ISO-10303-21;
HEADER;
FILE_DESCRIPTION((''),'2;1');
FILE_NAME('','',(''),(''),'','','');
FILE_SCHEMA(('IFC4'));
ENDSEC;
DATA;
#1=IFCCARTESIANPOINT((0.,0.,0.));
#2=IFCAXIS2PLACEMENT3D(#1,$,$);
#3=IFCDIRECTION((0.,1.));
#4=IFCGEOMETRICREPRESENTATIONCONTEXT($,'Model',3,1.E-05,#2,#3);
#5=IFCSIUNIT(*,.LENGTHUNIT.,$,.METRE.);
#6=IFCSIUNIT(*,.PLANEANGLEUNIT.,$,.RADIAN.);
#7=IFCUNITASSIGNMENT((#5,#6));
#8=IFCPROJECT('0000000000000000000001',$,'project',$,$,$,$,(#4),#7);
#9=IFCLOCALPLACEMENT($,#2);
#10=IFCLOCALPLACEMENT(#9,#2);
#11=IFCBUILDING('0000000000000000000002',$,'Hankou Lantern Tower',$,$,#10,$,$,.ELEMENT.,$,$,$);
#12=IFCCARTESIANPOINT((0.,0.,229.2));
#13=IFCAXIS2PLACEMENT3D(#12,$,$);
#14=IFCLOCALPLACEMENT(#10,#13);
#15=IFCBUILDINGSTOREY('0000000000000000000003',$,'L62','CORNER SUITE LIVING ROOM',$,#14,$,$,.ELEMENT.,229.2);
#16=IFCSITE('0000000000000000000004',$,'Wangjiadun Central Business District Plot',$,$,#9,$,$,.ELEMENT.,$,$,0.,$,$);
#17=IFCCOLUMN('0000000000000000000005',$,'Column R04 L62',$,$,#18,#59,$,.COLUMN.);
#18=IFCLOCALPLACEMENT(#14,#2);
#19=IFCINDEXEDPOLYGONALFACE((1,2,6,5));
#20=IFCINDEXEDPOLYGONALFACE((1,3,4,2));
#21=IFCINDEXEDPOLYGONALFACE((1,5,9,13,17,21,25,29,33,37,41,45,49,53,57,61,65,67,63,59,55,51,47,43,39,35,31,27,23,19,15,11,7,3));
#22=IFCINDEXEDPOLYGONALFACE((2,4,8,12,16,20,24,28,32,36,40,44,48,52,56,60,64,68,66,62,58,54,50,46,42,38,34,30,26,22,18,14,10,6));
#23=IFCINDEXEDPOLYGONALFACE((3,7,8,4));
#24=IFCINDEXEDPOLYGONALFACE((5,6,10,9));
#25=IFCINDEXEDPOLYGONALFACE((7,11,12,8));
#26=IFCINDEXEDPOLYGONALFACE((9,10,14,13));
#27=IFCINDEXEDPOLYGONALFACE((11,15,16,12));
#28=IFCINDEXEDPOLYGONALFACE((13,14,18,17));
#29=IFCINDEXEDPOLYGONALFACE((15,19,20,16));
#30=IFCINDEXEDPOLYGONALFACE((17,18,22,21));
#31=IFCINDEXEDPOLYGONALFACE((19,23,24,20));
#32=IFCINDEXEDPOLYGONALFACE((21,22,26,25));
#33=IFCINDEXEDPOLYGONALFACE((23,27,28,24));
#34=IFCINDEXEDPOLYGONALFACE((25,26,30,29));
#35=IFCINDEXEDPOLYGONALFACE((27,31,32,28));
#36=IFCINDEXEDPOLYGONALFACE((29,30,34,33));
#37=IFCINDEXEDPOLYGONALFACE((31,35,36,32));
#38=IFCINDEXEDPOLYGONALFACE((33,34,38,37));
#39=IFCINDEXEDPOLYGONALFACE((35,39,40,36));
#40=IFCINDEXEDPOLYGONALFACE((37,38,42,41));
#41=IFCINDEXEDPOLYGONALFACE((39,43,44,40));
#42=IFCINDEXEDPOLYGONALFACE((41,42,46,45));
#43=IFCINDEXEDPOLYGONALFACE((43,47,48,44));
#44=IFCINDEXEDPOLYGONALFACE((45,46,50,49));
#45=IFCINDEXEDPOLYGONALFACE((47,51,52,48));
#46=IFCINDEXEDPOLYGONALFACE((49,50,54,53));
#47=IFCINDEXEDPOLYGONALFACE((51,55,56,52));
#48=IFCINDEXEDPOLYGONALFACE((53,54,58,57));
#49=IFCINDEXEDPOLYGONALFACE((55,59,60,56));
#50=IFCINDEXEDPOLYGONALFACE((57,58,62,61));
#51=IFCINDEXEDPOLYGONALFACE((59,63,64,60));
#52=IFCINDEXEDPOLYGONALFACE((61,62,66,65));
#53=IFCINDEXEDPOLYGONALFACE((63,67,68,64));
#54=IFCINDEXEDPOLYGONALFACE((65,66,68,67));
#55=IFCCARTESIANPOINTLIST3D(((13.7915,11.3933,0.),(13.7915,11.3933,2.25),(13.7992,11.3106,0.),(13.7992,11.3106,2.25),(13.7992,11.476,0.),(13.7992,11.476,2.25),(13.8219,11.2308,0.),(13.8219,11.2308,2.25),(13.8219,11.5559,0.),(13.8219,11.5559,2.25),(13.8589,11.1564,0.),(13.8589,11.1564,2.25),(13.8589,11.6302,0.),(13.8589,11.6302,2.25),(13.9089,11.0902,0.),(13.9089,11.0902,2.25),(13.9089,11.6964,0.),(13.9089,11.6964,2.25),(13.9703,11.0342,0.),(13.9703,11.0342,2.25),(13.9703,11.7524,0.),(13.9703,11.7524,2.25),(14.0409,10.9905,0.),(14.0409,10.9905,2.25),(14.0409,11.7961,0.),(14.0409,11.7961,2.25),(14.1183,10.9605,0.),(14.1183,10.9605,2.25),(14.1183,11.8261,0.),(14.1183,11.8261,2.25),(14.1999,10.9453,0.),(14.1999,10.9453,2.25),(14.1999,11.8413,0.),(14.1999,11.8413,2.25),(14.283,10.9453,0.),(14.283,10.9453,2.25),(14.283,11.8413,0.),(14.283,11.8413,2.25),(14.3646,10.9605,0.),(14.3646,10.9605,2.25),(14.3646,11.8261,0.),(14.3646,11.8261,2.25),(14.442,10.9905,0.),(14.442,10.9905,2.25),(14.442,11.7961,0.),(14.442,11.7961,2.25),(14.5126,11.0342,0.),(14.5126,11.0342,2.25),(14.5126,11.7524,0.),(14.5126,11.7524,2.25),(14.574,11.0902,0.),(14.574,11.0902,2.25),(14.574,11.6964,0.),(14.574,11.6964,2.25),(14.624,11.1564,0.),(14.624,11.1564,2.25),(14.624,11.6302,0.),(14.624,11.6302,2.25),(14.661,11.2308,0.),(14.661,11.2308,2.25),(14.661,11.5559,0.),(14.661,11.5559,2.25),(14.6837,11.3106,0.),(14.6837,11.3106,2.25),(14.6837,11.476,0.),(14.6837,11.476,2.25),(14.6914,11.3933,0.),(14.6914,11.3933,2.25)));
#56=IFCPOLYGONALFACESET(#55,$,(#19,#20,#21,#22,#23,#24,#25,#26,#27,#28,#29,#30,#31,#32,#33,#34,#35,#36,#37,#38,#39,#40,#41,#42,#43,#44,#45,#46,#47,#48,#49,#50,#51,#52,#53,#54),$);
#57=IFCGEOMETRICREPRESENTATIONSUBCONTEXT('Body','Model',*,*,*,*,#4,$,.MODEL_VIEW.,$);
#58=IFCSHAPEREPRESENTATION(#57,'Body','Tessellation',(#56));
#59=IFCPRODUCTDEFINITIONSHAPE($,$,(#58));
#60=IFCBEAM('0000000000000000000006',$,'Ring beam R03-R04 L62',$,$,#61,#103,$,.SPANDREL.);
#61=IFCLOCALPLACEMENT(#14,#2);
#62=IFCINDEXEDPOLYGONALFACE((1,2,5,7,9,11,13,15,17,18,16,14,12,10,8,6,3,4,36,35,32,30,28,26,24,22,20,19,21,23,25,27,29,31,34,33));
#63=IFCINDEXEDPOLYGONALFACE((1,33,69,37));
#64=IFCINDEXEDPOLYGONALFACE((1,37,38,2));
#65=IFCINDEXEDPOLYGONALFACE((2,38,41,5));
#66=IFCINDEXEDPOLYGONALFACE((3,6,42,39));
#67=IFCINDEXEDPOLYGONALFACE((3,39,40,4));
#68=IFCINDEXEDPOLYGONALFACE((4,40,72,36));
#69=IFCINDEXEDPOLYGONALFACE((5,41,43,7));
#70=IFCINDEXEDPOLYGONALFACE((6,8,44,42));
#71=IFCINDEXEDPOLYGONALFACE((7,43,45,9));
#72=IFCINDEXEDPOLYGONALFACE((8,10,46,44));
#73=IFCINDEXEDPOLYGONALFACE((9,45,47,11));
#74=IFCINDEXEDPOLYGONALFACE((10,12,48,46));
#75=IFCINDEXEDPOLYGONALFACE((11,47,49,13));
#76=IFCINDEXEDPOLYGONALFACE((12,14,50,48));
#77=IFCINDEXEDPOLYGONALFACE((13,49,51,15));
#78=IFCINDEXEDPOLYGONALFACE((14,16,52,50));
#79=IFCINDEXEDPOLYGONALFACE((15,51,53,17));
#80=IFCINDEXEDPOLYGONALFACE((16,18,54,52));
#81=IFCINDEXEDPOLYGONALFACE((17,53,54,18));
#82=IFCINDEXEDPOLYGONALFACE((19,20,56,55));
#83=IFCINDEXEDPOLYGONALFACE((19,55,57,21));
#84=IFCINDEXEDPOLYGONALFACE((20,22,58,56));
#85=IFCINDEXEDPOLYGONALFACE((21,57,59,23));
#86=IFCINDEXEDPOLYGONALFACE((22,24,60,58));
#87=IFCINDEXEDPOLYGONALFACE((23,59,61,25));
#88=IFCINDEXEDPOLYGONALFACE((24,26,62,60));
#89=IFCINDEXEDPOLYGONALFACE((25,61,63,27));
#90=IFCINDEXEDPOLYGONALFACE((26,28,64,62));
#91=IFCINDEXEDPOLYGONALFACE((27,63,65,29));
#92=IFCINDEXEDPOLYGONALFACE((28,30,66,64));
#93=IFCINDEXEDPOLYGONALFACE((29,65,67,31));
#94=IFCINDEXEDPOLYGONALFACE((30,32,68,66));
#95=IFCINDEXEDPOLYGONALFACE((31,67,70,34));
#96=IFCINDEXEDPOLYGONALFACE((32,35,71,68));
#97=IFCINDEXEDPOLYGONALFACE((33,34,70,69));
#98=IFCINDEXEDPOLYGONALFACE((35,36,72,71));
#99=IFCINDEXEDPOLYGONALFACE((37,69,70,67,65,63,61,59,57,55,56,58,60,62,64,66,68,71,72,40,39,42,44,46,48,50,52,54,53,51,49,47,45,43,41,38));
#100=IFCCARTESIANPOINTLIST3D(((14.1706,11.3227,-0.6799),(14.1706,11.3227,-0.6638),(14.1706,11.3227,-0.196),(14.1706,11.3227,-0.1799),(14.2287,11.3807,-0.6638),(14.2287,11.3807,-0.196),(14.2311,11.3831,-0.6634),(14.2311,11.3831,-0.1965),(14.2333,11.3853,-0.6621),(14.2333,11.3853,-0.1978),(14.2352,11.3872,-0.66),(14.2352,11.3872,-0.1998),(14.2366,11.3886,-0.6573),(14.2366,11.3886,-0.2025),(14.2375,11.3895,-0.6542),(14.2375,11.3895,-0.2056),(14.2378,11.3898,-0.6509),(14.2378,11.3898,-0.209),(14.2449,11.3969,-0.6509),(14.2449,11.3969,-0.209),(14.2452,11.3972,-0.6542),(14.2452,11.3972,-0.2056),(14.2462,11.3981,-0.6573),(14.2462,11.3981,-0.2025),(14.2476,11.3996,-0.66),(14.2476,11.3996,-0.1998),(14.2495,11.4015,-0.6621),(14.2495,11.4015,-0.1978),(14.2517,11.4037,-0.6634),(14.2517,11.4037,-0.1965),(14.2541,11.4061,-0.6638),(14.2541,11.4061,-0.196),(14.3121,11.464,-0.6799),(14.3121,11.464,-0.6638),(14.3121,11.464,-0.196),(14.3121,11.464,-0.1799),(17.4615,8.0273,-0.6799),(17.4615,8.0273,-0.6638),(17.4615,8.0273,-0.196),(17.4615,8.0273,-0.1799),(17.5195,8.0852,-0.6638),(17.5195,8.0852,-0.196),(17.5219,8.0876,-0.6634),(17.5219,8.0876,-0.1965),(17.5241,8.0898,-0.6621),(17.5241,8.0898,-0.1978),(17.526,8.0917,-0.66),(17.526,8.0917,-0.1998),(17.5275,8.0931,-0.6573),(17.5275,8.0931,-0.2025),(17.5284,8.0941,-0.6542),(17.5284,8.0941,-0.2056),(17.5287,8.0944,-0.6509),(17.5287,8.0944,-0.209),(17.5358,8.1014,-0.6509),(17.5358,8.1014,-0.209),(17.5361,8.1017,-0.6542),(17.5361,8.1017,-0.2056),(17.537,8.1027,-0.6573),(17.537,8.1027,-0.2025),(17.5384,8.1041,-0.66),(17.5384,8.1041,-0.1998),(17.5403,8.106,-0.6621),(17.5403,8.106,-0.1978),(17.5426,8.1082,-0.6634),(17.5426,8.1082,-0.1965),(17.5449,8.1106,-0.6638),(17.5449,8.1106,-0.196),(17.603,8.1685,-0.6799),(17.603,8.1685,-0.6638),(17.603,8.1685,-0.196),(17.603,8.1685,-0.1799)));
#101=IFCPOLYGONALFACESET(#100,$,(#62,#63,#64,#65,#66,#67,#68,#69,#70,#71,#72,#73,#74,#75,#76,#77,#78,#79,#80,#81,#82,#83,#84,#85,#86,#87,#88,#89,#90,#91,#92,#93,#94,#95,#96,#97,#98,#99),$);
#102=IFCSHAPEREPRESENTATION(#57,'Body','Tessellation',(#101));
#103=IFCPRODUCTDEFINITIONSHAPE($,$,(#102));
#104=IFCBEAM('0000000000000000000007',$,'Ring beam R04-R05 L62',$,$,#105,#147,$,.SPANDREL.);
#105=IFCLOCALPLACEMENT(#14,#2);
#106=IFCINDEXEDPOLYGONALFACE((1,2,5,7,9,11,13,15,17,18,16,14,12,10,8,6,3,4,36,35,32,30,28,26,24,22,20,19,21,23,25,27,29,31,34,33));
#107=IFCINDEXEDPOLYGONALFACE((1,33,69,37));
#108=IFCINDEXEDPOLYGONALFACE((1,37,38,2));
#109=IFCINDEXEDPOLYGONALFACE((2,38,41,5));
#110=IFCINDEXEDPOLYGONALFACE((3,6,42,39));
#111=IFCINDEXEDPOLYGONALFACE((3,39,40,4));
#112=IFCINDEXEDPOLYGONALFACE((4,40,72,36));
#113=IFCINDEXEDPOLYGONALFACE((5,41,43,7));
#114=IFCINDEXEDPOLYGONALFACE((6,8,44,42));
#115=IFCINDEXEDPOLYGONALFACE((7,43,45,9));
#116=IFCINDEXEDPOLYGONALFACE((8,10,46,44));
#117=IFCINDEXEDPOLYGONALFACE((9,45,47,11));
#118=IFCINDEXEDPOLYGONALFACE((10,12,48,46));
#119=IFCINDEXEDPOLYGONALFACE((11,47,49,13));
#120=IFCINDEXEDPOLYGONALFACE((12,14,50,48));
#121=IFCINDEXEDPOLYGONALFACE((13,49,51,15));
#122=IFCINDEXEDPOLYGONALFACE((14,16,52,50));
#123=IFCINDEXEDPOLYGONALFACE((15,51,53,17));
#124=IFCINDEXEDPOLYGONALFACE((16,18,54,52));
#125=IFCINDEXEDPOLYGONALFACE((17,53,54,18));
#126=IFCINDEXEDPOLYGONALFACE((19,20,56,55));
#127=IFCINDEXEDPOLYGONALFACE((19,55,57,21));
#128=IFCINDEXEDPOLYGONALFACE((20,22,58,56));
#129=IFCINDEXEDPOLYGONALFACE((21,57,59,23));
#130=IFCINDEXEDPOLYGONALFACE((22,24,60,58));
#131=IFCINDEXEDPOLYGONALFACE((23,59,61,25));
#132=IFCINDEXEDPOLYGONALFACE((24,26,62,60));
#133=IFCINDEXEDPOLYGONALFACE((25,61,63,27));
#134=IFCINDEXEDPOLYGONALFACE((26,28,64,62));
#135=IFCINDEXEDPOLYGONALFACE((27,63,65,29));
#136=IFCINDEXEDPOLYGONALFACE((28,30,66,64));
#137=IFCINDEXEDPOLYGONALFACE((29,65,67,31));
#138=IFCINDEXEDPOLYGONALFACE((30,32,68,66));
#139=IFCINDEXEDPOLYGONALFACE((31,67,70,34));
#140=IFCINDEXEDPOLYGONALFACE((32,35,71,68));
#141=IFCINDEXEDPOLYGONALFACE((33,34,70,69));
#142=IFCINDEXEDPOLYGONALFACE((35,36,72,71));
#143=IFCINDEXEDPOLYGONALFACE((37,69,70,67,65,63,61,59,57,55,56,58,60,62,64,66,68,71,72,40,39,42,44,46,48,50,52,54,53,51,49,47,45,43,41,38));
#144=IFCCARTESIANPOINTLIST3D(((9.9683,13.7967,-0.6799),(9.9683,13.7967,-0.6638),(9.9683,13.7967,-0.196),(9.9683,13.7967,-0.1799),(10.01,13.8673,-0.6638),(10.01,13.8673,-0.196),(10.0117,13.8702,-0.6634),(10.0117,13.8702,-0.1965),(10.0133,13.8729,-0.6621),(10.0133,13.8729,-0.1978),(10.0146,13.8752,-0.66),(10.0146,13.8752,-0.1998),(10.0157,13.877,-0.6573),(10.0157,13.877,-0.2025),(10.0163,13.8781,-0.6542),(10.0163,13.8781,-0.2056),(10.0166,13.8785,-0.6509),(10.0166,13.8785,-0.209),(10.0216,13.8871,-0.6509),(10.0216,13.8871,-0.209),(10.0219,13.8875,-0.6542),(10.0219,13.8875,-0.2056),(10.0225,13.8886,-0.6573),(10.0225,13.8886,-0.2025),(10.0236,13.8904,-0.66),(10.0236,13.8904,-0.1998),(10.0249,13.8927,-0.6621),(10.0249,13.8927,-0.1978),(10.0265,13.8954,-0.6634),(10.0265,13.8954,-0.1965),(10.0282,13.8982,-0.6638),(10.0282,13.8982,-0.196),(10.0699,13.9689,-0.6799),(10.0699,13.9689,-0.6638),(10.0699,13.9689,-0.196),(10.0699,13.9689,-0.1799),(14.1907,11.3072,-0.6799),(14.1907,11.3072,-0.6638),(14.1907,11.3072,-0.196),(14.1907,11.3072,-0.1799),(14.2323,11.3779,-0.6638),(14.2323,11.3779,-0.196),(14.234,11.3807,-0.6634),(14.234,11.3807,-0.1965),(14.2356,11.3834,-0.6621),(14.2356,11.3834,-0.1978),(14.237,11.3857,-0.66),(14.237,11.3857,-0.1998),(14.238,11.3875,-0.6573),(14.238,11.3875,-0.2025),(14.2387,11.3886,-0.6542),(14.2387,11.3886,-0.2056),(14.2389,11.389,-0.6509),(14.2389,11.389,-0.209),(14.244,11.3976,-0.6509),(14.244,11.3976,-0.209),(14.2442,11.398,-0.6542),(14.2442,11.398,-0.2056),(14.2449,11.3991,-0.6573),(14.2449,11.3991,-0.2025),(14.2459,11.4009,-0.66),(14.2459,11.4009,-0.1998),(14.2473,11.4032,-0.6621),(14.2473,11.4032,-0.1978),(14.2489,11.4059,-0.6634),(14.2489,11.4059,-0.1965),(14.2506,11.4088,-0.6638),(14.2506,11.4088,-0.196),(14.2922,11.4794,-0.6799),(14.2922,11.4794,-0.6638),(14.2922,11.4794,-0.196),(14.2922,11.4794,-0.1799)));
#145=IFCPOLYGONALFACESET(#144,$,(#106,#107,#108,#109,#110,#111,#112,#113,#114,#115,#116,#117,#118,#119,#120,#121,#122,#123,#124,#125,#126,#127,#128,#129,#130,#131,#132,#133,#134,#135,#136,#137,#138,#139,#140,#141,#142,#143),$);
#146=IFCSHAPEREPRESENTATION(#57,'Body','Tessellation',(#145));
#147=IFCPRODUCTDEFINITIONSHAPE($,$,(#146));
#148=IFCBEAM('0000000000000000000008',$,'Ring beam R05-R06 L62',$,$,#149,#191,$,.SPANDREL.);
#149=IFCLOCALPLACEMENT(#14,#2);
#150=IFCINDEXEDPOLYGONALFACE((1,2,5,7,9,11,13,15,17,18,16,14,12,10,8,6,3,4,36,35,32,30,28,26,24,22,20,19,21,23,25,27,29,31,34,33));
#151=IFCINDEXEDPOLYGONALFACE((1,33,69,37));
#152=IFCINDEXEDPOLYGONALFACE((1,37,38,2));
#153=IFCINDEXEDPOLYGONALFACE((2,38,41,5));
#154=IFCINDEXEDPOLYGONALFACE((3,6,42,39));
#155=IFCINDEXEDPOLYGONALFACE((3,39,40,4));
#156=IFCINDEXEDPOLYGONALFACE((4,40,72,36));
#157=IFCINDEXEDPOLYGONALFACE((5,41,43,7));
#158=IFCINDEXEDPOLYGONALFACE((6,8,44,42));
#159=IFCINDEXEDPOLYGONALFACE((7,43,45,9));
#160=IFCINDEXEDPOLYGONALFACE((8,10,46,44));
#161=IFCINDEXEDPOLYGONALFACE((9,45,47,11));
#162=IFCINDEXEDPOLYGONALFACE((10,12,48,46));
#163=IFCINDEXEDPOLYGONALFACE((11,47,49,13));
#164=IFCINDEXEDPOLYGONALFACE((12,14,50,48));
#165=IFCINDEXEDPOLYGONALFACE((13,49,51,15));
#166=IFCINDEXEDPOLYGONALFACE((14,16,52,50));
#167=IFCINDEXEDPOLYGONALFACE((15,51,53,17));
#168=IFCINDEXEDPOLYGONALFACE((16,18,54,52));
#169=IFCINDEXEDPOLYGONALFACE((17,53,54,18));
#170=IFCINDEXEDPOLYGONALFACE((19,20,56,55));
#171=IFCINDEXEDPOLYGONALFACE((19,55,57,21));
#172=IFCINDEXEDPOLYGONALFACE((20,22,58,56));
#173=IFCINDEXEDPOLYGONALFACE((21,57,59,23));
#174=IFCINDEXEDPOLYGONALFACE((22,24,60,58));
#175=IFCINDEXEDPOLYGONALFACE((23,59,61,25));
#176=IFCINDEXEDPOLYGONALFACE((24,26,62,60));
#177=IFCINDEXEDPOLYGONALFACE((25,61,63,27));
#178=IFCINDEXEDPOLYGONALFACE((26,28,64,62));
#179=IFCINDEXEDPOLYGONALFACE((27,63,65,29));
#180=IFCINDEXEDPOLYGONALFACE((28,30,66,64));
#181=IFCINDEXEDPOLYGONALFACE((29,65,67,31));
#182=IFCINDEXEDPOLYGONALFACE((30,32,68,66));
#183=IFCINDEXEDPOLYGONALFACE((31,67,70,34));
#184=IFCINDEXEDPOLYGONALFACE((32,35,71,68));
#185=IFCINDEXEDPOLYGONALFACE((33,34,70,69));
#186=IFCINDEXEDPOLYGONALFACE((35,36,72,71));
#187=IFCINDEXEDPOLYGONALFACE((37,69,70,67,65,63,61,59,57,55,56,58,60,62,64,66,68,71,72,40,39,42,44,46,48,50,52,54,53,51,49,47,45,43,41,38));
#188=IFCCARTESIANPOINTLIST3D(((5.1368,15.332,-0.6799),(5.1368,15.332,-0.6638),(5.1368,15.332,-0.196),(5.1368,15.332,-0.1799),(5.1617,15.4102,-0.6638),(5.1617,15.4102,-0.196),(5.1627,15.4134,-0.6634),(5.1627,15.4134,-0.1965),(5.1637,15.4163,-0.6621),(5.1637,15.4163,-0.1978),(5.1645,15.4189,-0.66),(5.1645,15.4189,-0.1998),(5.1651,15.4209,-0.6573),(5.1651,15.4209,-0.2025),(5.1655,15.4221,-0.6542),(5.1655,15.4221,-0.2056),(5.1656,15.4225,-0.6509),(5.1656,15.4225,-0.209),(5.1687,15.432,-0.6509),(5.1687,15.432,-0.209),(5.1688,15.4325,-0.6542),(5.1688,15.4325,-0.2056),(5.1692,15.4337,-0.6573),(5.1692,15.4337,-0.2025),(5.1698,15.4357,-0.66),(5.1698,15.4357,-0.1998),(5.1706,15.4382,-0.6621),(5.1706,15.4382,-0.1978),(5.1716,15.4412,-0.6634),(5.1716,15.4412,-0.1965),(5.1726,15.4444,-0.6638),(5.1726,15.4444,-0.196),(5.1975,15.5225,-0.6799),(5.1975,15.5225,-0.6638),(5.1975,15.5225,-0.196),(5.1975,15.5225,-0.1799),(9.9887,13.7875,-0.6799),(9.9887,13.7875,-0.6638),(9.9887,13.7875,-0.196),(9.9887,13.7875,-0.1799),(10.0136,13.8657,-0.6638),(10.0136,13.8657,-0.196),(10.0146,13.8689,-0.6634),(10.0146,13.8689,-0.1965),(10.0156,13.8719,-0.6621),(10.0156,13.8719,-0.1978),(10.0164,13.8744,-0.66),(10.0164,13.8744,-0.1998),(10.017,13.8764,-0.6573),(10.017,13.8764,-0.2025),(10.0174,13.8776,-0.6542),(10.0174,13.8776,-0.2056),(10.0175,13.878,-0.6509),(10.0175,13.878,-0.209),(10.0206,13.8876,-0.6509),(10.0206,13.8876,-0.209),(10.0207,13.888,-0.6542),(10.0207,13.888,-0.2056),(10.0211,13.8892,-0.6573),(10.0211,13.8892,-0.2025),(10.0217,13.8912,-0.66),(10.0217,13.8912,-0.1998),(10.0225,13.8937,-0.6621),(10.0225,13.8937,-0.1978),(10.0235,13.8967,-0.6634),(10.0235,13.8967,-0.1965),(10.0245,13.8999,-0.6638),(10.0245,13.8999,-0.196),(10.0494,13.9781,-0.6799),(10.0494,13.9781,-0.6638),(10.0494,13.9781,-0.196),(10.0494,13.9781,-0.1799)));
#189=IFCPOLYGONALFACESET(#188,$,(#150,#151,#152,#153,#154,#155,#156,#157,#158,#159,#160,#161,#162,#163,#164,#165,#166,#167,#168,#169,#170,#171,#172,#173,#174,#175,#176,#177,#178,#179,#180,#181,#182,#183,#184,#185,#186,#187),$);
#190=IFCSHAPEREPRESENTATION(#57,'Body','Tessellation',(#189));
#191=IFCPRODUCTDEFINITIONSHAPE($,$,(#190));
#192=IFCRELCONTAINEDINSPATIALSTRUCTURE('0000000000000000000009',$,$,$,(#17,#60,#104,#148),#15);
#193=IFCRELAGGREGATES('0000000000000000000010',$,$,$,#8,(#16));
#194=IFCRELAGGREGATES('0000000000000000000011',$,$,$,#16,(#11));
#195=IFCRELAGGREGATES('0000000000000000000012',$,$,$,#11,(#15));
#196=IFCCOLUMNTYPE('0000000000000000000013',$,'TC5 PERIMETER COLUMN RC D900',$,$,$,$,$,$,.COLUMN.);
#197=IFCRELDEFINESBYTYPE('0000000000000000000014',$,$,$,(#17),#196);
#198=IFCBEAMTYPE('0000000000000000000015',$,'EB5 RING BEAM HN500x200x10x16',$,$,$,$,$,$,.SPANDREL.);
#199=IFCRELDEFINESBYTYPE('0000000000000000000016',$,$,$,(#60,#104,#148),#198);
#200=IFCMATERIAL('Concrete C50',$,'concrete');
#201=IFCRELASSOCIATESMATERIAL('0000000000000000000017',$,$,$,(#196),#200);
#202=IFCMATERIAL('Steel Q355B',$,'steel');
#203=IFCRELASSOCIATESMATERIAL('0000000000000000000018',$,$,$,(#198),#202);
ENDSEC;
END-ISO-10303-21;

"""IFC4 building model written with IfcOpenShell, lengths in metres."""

from ifc_helpers import new_model, si_unit, direction, frame, origin, origin_2d, place, context, subcontext, project, spatial, circle, i_section, extrude, clip, halfspace, material, material_profile, profile_set, type_object, element, save


model = new_model("IFC4")

# Units and contexts
model_context = context("Model", 3, precision=1e-05, world=origin(), true_north=direction((0.0, 1.0)))
body_context = subcontext(model_context, "Body", "Model", "MODEL_VIEW")
ifc_project = project(units=[si_unit("LENGTHUNIT", "METRE"), si_unit("PLANEANGLEUNIT", "RADIAN")], contexts=[model_context])

# Site, building, storey
site_placement = place(None, origin())
site = spatial("IfcSite", under=ifc_project, at=site_placement, Name="Wangjiadun Central Business District Plot", CompositionType="ELEMENT", RefElevation=0.0)
building_placement = place(site_placement, origin())
building = spatial("IfcBuilding", under=site, at=building_placement, Name="Hankou Lantern Tower", CompositionType="ELEMENT")
storey_placement = place(building_placement, frame((0.0, 0.0, 229.2)))
storey = spatial("IfcBuildingStorey", under=building, at=storey_placement, Name="L62", Description="CORNER SUITE LIVING ROOM", CompositionType="ELEMENT", Elevation=229.2)

# Column
ifc_material_1 = material(Name="Concrete C50", Category="concrete")
ifc_material_profile_1 = material_profile(ifc_material_1, circle(Radius=0.45, at=origin_2d()), Name="RC D900")
ifc_profile_set_1 = profile_set([ifc_material_profile_1], Name="Concrete C50")
column_type = type_object("IfcColumnType", Name="TC5 PERIMETER COLUMN RC D900", PredefinedType="COLUMN", material=ifc_profile_set_1)
column_placement = place(storey_placement, frame((14.2415, 11.3933, 0.0), z_axis=(0.0, 0.0, 1.0), x_axis=(1.0, 0.0, 0.0)))
element("IfcColumn", 1, at=column_placement, inside=storey, type_object=column_type, Name="Column R04 L62", PredefinedType="COLUMN", context=body_context, shape_type="Clipping", body=[
    clip(extrude(circle(Radius=0.45, at=origin_2d()), origin(), (0.0, 0.0, 1.0), 3.3), halfspace(frame((0.0, 0.0, 2.25), z_axis=(0.0, 0.0, 1.0), x_axis=(1.0, 0.0, 0.0)), False)),
])

# Beams
ifc_material_2 = material(Name="Steel Q355B", Category="steel")
ifc_material_profile_2 = material_profile(ifc_material_2, i_section(OverallWidth=0.2, OverallDepth=0.5, WebThickness=0.01, FlangeThickness=0.0161, FilletRadius=0.0129, at=origin_2d()), Name="HN500x200x10x16")
ifc_profile_set_2 = profile_set([ifc_material_profile_2], Name="Steel Q355B")
beam_type_1 = type_object("IfcBeamType", Name="EB5 RING BEAM HN500x200x10x16", PredefinedType="SPANDREL", material=ifc_profile_set_2)
beam_1_placement = place(storey_placement, frame((17.5322, 8.0979, -0.4299), z_axis=(-0.706609, 0.707605, 0.0), x_axis=(-0.707605, -0.706609, 0.0)))
element("IfcBeam", 2, at=beam_1_placement, inside=storey, type_object=beam_type_1, Name="Ring beam R03-R04 L62", PredefinedType="SPANDREL", context=body_context, shape_type="SweptSolid", body=[
    extrude(i_section(OverallWidth=0.2, OverallDepth=0.5, WebThickness=0.01, FlangeThickness=0.0161, FilletRadius=0.0129, at=origin_2d()), origin(), (0.0, 0.0, 1.0), 4.6572),
])
beam_2_placement = place(storey_placement, frame((14.2415, 11.3933, -0.4299), z_axis=(-0.861423, 0.507888, 0.0), x_axis=(-0.507888, -0.861423, 0.0)))
element("IfcBeam", 3, at=beam_2_placement, inside=storey, type_object=beam_type_1, Name="Ring beam R04-R05 L62", PredefinedType="SPANDREL", context=body_context, shape_type="SweptSolid", body=[
    extrude(i_section(OverallWidth=0.2, OverallDepth=0.5, WebThickness=0.01, FlangeThickness=0.0161, FilletRadius=0.0129, at=origin_2d()), origin(), (0.0, 0.0, 1.0), 4.9016),
])
beam_3_placement = place(storey_placement, frame((10.019, 13.8828, -0.4299), z_axis=(-0.952887, 0.303324, 0.0), x_axis=(-0.303324, -0.952887, 0.0)))
element("IfcBeam", 4, at=beam_3_placement, inside=storey, type_object=beam_type_1, Name="Ring beam R05-R06 L62", PredefinedType="SPANDREL", context=body_context, shape_type="SweptSolid", body=[
    extrude(i_section(OverallWidth=0.2, OverallDepth=0.5, WebThickness=0.01, FlangeThickness=0.0161, FilletRadius=0.0129, at=origin_2d()), origin(), (0.0, 0.0, 1.0), 5.0918),
])

save(model, "model.ifc")
